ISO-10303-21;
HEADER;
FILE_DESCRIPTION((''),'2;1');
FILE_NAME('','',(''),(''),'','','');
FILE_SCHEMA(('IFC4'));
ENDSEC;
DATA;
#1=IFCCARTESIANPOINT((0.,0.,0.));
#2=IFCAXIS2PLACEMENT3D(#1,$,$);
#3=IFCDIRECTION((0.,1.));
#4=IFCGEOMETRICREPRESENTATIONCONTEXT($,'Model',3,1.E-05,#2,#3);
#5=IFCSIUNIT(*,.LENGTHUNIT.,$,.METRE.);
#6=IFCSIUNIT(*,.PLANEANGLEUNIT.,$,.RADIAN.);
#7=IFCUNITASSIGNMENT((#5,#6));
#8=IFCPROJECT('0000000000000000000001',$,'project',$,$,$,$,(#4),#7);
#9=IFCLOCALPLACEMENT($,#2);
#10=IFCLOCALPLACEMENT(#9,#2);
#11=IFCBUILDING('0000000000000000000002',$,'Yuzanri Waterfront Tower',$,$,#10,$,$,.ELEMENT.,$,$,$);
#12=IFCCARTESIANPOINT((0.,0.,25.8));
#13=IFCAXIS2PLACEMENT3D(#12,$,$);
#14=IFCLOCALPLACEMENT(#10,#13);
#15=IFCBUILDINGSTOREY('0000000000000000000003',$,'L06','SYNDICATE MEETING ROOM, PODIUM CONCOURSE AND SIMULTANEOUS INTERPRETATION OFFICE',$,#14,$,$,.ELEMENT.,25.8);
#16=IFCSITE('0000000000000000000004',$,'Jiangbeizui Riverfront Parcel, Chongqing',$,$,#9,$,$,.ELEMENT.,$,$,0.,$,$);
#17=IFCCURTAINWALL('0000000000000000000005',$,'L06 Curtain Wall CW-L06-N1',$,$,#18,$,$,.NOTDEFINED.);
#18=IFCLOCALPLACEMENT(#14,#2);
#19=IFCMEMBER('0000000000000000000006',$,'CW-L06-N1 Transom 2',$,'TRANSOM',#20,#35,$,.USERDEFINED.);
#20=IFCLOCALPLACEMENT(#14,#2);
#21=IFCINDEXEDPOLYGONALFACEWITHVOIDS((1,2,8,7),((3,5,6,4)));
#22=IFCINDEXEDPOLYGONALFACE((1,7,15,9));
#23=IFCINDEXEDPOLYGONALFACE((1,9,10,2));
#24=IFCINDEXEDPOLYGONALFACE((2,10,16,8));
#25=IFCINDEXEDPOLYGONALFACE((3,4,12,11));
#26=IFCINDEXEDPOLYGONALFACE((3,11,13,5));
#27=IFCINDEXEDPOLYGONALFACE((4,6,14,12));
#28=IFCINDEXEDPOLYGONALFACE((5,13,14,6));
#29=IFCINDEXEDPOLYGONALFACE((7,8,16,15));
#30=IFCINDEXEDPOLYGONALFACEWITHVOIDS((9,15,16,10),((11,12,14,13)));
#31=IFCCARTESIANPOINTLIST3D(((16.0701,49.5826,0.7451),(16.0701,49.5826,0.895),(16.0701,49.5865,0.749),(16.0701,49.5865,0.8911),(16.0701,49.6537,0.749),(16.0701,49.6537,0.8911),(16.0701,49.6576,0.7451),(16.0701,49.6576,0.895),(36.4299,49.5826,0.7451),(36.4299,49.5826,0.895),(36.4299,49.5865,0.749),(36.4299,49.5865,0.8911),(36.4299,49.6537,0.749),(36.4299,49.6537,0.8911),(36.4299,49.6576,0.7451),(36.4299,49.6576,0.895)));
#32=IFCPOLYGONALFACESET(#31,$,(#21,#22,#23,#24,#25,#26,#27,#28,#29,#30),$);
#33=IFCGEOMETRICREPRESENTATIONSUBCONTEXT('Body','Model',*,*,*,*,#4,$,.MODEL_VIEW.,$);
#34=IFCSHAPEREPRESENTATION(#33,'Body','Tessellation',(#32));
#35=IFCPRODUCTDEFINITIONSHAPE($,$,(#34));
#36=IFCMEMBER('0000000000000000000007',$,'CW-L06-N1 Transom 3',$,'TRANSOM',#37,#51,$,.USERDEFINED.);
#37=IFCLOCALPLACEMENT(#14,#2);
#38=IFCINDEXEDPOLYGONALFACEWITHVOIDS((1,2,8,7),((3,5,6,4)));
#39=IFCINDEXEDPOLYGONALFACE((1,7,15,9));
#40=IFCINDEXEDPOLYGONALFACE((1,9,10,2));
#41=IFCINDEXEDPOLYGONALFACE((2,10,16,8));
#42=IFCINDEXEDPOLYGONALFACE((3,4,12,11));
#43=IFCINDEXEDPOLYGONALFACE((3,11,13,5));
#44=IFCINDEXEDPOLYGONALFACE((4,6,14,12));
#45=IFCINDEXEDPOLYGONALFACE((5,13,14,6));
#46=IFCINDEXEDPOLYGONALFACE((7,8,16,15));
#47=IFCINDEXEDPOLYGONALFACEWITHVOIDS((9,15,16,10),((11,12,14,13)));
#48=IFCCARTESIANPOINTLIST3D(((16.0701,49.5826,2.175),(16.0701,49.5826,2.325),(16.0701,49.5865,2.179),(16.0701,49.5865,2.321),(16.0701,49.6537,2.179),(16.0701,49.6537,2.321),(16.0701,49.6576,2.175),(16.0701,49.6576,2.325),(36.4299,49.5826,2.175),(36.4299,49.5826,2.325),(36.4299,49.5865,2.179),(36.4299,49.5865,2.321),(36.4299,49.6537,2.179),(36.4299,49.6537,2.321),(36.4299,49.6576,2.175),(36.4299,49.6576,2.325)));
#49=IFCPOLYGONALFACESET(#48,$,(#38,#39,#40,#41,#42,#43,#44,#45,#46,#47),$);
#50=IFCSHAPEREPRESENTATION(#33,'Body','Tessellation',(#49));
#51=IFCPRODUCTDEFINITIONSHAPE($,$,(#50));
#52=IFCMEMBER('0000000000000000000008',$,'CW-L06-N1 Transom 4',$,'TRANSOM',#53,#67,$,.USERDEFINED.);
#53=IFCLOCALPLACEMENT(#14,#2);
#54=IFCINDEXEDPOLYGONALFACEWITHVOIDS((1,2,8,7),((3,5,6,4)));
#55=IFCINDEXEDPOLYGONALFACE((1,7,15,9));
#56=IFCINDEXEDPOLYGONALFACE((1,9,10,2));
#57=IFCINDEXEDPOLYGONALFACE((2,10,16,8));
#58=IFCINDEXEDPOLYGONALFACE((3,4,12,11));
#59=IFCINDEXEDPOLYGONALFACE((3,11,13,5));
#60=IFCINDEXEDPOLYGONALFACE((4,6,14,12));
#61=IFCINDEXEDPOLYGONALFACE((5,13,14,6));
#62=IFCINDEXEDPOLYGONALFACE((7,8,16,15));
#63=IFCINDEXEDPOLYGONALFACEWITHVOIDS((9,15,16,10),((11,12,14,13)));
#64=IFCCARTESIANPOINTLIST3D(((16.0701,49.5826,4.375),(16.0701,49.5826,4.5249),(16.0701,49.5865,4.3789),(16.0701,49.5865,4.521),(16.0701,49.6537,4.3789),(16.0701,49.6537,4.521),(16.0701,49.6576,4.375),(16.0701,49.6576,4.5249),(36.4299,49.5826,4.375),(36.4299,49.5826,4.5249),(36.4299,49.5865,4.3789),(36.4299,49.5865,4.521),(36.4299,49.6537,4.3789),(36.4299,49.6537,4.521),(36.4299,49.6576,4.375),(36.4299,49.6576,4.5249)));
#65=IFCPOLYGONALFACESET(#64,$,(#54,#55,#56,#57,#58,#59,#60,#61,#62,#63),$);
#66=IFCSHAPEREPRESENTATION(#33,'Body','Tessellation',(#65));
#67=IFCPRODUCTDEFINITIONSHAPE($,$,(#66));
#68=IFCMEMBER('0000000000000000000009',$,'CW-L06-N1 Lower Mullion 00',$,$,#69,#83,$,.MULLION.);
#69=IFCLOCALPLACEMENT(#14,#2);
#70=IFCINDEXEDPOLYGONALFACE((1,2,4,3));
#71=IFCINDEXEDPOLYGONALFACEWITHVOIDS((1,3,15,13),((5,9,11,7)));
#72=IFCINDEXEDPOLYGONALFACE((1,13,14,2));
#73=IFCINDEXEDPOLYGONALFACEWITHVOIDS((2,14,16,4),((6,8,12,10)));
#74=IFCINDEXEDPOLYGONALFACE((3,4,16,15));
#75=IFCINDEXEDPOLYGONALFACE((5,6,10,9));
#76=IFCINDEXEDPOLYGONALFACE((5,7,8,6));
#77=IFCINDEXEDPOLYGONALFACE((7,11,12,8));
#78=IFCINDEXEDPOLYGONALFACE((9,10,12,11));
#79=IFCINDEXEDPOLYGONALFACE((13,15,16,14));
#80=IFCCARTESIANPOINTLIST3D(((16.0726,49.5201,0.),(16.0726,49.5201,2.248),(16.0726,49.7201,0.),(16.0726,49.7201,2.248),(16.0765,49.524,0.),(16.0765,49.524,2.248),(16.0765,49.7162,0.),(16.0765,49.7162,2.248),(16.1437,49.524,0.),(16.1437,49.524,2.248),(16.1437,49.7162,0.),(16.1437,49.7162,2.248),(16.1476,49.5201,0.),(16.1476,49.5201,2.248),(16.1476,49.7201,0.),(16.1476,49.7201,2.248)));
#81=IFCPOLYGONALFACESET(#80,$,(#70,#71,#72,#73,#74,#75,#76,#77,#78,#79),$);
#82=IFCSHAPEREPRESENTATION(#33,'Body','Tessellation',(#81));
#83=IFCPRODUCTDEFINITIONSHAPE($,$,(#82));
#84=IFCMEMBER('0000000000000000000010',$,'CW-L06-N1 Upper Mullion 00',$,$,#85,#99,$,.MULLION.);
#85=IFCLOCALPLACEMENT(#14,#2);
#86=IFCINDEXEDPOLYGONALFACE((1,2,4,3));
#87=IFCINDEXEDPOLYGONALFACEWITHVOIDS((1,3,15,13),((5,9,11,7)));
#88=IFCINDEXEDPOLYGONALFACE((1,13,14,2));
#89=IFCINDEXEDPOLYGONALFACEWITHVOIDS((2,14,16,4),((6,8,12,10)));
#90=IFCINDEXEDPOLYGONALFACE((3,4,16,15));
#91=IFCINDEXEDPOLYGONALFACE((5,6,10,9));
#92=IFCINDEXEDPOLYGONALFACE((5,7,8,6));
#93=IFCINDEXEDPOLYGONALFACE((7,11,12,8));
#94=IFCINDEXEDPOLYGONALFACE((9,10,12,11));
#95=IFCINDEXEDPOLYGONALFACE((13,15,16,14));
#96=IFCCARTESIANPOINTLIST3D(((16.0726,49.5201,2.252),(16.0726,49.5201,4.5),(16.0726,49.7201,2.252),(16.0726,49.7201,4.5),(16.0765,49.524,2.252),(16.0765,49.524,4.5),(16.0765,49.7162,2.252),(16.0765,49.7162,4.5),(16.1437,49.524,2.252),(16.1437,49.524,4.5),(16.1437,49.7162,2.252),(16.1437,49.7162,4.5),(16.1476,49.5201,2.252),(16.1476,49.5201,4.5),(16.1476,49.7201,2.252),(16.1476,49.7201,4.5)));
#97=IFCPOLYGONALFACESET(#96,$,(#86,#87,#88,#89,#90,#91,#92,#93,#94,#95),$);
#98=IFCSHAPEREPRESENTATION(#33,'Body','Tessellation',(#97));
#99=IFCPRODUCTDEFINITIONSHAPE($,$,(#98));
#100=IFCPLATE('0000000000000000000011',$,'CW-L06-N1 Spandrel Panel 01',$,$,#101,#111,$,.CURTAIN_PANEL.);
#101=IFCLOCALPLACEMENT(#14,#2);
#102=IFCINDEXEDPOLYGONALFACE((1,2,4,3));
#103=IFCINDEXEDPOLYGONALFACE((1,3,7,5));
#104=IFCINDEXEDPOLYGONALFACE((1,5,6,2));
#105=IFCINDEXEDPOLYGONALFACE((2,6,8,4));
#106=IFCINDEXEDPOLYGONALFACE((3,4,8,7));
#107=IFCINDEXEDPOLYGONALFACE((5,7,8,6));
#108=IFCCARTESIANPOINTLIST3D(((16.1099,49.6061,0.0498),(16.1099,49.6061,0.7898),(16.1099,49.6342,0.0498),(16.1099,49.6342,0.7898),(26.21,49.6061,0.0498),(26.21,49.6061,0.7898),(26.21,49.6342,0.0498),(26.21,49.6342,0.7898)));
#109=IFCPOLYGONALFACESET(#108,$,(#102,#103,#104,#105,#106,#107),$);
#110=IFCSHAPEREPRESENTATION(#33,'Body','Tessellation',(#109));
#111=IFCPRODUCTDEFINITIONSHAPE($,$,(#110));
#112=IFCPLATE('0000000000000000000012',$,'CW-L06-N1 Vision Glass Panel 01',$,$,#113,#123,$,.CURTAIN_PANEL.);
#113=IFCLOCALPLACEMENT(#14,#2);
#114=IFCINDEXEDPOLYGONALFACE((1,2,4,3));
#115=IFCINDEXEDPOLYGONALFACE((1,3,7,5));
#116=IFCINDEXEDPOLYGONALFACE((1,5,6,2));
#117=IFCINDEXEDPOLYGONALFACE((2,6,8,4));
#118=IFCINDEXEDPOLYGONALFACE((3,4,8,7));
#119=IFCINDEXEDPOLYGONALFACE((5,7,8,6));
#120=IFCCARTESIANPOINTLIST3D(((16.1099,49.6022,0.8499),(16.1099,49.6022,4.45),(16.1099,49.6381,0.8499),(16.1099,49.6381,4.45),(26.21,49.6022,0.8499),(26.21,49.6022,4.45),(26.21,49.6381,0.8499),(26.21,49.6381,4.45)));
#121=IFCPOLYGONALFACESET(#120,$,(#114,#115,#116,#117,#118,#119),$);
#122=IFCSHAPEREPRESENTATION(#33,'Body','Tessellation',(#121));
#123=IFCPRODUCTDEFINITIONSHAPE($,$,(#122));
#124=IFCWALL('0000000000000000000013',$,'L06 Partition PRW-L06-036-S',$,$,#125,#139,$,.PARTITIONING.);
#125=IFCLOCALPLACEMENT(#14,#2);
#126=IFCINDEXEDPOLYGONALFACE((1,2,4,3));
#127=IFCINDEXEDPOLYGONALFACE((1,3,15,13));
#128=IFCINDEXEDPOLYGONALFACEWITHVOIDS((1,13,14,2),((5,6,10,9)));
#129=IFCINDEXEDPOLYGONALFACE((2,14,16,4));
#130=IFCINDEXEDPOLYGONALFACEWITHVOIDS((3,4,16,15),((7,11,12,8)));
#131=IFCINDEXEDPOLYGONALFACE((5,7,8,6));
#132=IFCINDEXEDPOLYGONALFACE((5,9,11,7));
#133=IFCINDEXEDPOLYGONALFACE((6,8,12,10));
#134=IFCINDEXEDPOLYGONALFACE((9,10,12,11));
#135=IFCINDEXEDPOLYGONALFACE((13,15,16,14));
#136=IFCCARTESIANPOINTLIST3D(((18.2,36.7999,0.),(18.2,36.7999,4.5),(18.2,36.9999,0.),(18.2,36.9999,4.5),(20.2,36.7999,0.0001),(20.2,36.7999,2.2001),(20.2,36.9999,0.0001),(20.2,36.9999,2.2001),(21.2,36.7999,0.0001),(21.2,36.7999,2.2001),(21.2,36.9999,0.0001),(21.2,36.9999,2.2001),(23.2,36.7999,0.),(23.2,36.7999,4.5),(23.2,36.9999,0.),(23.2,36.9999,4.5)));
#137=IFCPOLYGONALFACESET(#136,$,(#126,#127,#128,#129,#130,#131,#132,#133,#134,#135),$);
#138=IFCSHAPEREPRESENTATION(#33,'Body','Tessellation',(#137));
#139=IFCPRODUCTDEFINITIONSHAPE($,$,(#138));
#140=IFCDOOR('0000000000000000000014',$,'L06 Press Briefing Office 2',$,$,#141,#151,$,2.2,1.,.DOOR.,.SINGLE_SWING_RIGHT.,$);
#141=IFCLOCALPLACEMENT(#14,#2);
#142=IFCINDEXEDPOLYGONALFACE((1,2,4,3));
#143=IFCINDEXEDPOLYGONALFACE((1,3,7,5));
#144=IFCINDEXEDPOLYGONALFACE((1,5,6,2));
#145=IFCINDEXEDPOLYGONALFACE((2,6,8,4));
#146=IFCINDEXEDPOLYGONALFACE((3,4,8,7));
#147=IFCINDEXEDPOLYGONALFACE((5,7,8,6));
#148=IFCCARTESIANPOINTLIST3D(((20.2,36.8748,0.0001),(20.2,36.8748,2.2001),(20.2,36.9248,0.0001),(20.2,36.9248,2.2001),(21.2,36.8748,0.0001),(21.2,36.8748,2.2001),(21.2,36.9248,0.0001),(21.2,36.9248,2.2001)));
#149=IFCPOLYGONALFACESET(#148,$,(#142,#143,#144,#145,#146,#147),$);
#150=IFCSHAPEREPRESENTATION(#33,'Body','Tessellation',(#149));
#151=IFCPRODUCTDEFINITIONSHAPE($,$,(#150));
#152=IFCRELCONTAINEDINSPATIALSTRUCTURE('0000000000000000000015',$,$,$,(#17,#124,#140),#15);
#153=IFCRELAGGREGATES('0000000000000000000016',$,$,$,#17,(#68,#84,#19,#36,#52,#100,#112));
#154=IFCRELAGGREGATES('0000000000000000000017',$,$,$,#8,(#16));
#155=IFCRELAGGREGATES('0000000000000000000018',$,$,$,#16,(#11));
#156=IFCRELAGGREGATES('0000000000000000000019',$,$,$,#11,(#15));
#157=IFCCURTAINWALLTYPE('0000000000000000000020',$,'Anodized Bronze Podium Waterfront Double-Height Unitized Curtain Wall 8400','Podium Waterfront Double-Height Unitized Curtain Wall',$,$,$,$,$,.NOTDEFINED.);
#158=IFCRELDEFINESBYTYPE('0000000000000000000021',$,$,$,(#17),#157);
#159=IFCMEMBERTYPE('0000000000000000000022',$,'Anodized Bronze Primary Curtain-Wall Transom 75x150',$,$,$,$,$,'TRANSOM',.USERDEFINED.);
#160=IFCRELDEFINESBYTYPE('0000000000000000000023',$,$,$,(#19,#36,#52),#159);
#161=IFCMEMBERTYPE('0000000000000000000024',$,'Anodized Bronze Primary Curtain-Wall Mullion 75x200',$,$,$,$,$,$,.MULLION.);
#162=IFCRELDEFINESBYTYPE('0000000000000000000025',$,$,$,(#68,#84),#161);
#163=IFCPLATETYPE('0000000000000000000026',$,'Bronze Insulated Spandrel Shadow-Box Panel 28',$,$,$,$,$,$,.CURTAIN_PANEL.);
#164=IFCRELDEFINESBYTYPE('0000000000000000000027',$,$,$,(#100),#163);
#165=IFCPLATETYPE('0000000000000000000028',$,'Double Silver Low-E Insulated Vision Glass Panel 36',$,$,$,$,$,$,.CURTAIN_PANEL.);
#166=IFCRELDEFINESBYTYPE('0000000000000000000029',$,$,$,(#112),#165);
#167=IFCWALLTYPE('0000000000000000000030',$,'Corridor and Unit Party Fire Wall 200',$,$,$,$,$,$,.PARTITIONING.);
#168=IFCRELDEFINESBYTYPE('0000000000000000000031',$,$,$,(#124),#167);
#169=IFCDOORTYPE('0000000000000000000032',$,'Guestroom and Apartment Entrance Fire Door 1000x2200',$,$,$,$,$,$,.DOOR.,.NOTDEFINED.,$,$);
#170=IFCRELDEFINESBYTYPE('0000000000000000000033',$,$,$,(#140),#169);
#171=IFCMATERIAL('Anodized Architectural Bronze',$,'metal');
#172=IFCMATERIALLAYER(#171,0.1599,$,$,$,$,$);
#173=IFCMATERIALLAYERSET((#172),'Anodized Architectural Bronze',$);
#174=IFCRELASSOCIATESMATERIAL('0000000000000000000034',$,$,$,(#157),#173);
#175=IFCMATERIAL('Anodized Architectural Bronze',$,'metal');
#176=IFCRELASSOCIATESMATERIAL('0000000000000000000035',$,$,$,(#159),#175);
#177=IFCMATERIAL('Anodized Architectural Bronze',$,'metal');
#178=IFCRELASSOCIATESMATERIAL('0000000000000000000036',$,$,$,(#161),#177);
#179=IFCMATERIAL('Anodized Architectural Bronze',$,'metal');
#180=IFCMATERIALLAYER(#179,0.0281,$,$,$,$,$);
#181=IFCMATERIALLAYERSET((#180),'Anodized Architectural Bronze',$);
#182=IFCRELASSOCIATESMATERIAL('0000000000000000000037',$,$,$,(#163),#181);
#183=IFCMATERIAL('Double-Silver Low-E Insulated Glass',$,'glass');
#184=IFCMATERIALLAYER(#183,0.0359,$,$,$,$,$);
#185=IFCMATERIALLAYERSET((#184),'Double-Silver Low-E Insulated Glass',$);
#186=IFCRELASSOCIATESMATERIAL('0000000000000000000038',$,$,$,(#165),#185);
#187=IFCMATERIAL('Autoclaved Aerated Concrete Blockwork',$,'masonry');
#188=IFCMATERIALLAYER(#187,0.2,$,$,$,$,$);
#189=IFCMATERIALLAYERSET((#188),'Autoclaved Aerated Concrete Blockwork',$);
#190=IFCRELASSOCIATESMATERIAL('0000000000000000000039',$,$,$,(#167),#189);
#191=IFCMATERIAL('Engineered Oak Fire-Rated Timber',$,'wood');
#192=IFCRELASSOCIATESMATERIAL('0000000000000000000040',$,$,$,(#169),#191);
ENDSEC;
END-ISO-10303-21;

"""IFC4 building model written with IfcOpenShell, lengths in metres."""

from ifc_helpers import new_model, si_unit, direction, frame, frame_2d, origin, origin_2d, place, context, subcontext, project, spatial, rectangle, hollow_rectangle, extrude, source, transform, mapped, material, layer, layer_set, material_profile, profile_set, type_object, element, fill, aggregate, save


model = new_model("IFC4")

# Units and contexts
model_context = context("Model", 3, precision=1e-05, world=origin(), true_north=direction((0.0, 1.0)))
body_context = subcontext(model_context, "Body", "Model", "MODEL_VIEW")
ifc_project = project(units=[si_unit("LENGTHUNIT", "METRE"), si_unit("PLANEANGLEUNIT", "RADIAN")], contexts=[model_context])

# Site, building, storey
site_placement = place(None, origin())
site = spatial("IfcSite", under=ifc_project, at=site_placement, Name="Jiangbeizui Riverfront Parcel, Chongqing", CompositionType="ELEMENT", RefElevation=0.0)
building_placement = place(site_placement, origin())
building = spatial("IfcBuilding", under=site, at=building_placement, Name="Yuzanri Waterfront Tower", CompositionType="ELEMENT")
storey_placement = place(building_placement, frame((0.0, 0.0, 25.8)))
storey = spatial("IfcBuildingStorey", under=building, at=storey_placement, Name="L06", Description="SYNDICATE MEETING ROOM, PODIUM CONCOURSE AND SIMULTANEOUS INTERPRETATION OFFICE", CompositionType="ELEMENT", Elevation=25.8)

# Curtain wall, members, plates
ifc_material_1 = material(Name="Anodized Architectural Bronze", Category="metal")
ifc_layer_1 = layer(ifc_material_1, 0.1599)
ifc_layer_set_1 = layer_set([ifc_layer_1], Name="Anodized Architectural Bronze")
curtain_wall_type = type_object("IfcCurtainWallType", Name="Anodized Bronze Podium Waterfront Double-Height Unitized Curtain Wall 8400", Description="Podium Waterfront Double-Height Unitized Curtain Wall", PredefinedType="NOTDEFINED", material=ifc_layer_set_1)
curtain_wall_placement = place(storey_placement, origin())
curtain_wall = element("IfcCurtainWall", 1, at=curtain_wall_placement, inside=storey, type_object=curtain_wall_type, Name="L06 Curtain Wall CW-L06-N1", PredefinedType="NOTDEFINED")
ifc_material_2 = material(Name="Anodized Architectural Bronze", Category="metal")
ifc_material_profile_1 = material_profile(ifc_material_2, hollow_rectangle(XDim=0.075, YDim=0.1499, WallThickness=0.0039, at=origin_2d()), Name="CWT 75x150")
ifc_profile_set_1 = profile_set([ifc_material_profile_1], Name="Anodized Architectural Bronze")
member_type_1 = type_object("IfcMemberType", Name="Anodized Bronze Primary Curtain-Wall Transom 75x150", ElementType="TRANSOM", PredefinedType="USERDEFINED", material=ifc_profile_set_1)
shared_shape_1 = source(origin(), body_context, "Body", "SweptSolid", [
    extrude(hollow_rectangle(XDim=0.075, YDim=0.1499, WallThickness=0.0039, at=origin_2d()), origin(), (0.0, 0.0, 1.0), 20.3599),
])
member_1_placement = place(storey_placement, frame((16.0701, 49.6201, 0.8201), z_axis=(1.0, 0.0, 0.0), x_axis=(0.0, 1.0, 0.0)))
member_1 = element("IfcMember", 2, at=member_1_placement, type_object=member_type_1, Name="CW-L06-N1 Transom 2", ObjectType="TRANSOM", PredefinedType="USERDEFINED", context=body_context, shape_type="MappedRepresentation", body=[
    mapped(shared_shape_1, transform((0.0, 0.0, 0.0), scale=1.0)),
])
member_2_placement = place(storey_placement, frame((16.0701, 49.6201, 2.25), z_axis=(1.0, 0.0, 0.0), x_axis=(0.0, 1.0, 0.0)))
member_2 = element("IfcMember", 3, at=member_2_placement, type_object=member_type_1, Name="CW-L06-N1 Transom 3", ObjectType="TRANSOM", PredefinedType="USERDEFINED", context=body_context, shape_type="MappedRepresentation", body=[
    mapped(shared_shape_1, transform((0.0, 0.0, 0.0), scale=1.0)),
])
member_3_placement = place(storey_placement, frame((16.0701, 49.6201, 4.45), z_axis=(1.0, 0.0, 0.0), x_axis=(0.0, 1.0, 0.0)))
member_3 = element("IfcMember", 4, at=member_3_placement, type_object=member_type_1, Name="CW-L06-N1 Transom 4", ObjectType="TRANSOM", PredefinedType="USERDEFINED", context=body_context, shape_type="MappedRepresentation", body=[
    mapped(shared_shape_1, transform((0.0, 0.0, 0.0), scale=1.0)),
])
ifc_material_3 = material(Name="Anodized Architectural Bronze", Category="metal")
ifc_material_profile_2 = material_profile(ifc_material_3, hollow_rectangle(XDim=0.075, YDim=0.2, WallThickness=0.0039, at=origin_2d()), Name="CWM 75x200")
ifc_profile_set_2 = profile_set([ifc_material_profile_2], Name="Anodized Architectural Bronze")
member_type_2 = type_object("IfcMemberType", Name="Anodized Bronze Primary Curtain-Wall Mullion 75x200", PredefinedType="MULLION", material=ifc_profile_set_2)
shared_shape_2 = source(origin(), body_context, "Body", "SweptSolid", [
    extrude(hollow_rectangle(XDim=0.075, YDim=0.2, WallThickness=0.0039, at=origin_2d()), origin(), (0.0, 0.0, 1.0), 2.248),
])
member_4_placement = place(storey_placement, frame((16.1101, 49.6201, 0.0), z_axis=(0.0, 0.0, 1.0), x_axis=(1.0, 0.0, 0.0)))
member_4 = element("IfcMember", 5, at=member_4_placement, type_object=member_type_2, Name="CW-L06-N1 Lower Mullion 00", PredefinedType="MULLION", context=body_context, shape_type="MappedRepresentation", body=[
    mapped(shared_shape_2, transform((0.0, 0.0, 0.0), scale=1.0)),
])
member_5_placement = place(storey_placement, frame((16.1101, 49.6201, 2.252), z_axis=(0.0, 0.0, 1.0), x_axis=(1.0, 0.0, 0.0)))
member_5 = element("IfcMember", 6, at=member_5_placement, type_object=member_type_2, Name="CW-L06-N1 Upper Mullion 00", PredefinedType="MULLION", context=body_context, shape_type="MappedRepresentation", body=[
    mapped(shared_shape_2, transform((0.0, 0.0, 0.0), scale=1.0)),
])
ifc_material_4 = material(Name="Anodized Architectural Bronze", Category="metal")
ifc_layer_2 = layer(ifc_material_4, 0.0281)
ifc_layer_set_2 = layer_set([ifc_layer_2], Name="Anodized Architectural Bronze")
plate_type_1 = type_object("IfcPlateType", Name="Bronze Insulated Spandrel Shadow-Box Panel 28", PredefinedType="CURTAIN_PANEL", material=ifc_layer_set_2)
shared_shape_3 = source(origin(), body_context, "Body", "SweptSolid", [
    extrude(rectangle(XDim=10.1001, YDim=0.0281, at=origin_2d()), origin(), (0.0, 0.0, 1.0), 0.74),
])
plate_1_placement = place(storey_placement, frame((21.1599, 49.6201, 0.0498), z_axis=(0.0, 0.0, 1.0), x_axis=(1.0, 0.0, 0.0)))
plate_1 = element("IfcPlate", 7, at=plate_1_placement, type_object=plate_type_1, Name="CW-L06-N1 Spandrel Panel 01", PredefinedType="CURTAIN_PANEL", context=body_context, shape_type="MappedRepresentation", body=[
    mapped(shared_shape_3, transform((0.0, 0.0, 0.0), scale=1.0)),
])
ifc_material_5 = material(Name="Double-Silver Low-E Insulated Glass", Category="glass")
ifc_layer_3 = layer(ifc_material_5, 0.0359)
ifc_layer_set_3 = layer_set([ifc_layer_3], Name="Double-Silver Low-E Insulated Glass")
plate_type_2 = type_object("IfcPlateType", Name="Double Silver Low-E Insulated Vision Glass Panel 36", PredefinedType="CURTAIN_PANEL", material=ifc_layer_set_3)
shared_shape_4 = source(origin(), body_context, "Body", "SweptSolid", [
    extrude(rectangle(XDim=10.1001, YDim=0.0359, at=origin_2d()), origin(), (0.0, 0.0, 1.0), 3.6001),
])
plate_2_placement = place(storey_placement, frame((21.1599, 49.6201, 0.8499), z_axis=(0.0, 0.0, 1.0), x_axis=(1.0, 0.0, 0.0)))
plate_2 = element("IfcPlate", 8, at=plate_2_placement, type_object=plate_type_2, Name="CW-L06-N1 Vision Glass Panel 01", PredefinedType="CURTAIN_PANEL", context=body_context, shape_type="MappedRepresentation", body=[
    mapped(shared_shape_4, transform((0.0, 0.0, 0.0), scale=1.0)),
])
aggregate(curtain_wall, [member_4, member_5, member_1, member_2, member_3, plate_1, plate_2])

# Wall, opening, door
ifc_material_6 = material(Name="Autoclaved Aerated Concrete Blockwork", Category="masonry")
ifc_layer_4 = layer(ifc_material_6, 0.2)
ifc_layer_set_4 = layer_set([ifc_layer_4], Name="Autoclaved Aerated Concrete Blockwork")
wall_type_1 = type_object("IfcWallType", Name="Corridor and Unit Party Fire Wall 200", PredefinedType="PARTITIONING", material=ifc_layer_set_4)
wall_1_placement = place(storey_placement, frame((18.2, 36.8999, 0.0), z_axis=(0.0, 0.0, 1.0), x_axis=(1.0, 0.0, 0.0)))
wall_1 = element("IfcWall", 9, at=wall_1_placement, inside=storey, type_object=wall_type_1, Name="L06 Partition PRW-L06-036-S", PredefinedType="PARTITIONING", context=body_context, shape_type="SweptSolid", body=[
    extrude(rectangle(XDim=5.0, YDim=0.2, at=frame_2d((2.5, 0.0))), origin(), (0.0, 0.0, 1.0), 4.5),
])
opening_1_placement = place(wall_1_placement, frame((2.0, 0.0, 0.0)))
opening_1 = element("IfcOpeningElement", 10, at=opening_1_placement, cuts=wall_1, PredefinedType="OPENING", context=body_context, shape_type="SweptSolid", body=[
    extrude(rectangle(XDim=1.0, YDim=2.2, at=frame_2d((0.5, 1.1001))), frame((0.0, 0.1147, 0.0), z_axis=(0.0, -1.0, 0.0), x_axis=(1.0, 0.0, 0.0)), (0.0, 0.0, 1.0), 0.2297),
])
ifc_material_7 = material(Name="Engineered Oak Fire-Rated Timber", Category="wood")
door_type = type_object("IfcDoorType", Name="Guestroom and Apartment Entrance Fire Door 1000x2200", OperationType="NOTDEFINED", PredefinedType="DOOR", material=ifc_material_7)
shared_shape_5 = source(origin(), body_context, "Body", "SweptSolid", [
    extrude(rectangle(XDim=1.0, YDim=2.2, at=frame_2d((0.5, 1.1001))), frame((0.0, 0.0249, 0.0), z_axis=(0.0, -1.0, 0.0), x_axis=(1.0, 0.0, 0.0)), (0.0, 0.0, 1.0), 0.05),
])
door_placement = place(opening_1_placement, origin())
door = element("IfcDoor", 11, at=door_placement, inside=storey, type_object=door_type, Name="L06 Press Briefing Office 2", OperationType="SINGLE_SWING_RIGHT", OverallHeight=2.2, OverallWidth=1.0, PredefinedType="DOOR", context=body_context, shape_type="MappedRepresentation", body=[
    mapped(shared_shape_5, transform((0.0, 0.0, 0.0), scale=1.0)),
])
fill(opening_1, door)

save(model, "model.ifc")
